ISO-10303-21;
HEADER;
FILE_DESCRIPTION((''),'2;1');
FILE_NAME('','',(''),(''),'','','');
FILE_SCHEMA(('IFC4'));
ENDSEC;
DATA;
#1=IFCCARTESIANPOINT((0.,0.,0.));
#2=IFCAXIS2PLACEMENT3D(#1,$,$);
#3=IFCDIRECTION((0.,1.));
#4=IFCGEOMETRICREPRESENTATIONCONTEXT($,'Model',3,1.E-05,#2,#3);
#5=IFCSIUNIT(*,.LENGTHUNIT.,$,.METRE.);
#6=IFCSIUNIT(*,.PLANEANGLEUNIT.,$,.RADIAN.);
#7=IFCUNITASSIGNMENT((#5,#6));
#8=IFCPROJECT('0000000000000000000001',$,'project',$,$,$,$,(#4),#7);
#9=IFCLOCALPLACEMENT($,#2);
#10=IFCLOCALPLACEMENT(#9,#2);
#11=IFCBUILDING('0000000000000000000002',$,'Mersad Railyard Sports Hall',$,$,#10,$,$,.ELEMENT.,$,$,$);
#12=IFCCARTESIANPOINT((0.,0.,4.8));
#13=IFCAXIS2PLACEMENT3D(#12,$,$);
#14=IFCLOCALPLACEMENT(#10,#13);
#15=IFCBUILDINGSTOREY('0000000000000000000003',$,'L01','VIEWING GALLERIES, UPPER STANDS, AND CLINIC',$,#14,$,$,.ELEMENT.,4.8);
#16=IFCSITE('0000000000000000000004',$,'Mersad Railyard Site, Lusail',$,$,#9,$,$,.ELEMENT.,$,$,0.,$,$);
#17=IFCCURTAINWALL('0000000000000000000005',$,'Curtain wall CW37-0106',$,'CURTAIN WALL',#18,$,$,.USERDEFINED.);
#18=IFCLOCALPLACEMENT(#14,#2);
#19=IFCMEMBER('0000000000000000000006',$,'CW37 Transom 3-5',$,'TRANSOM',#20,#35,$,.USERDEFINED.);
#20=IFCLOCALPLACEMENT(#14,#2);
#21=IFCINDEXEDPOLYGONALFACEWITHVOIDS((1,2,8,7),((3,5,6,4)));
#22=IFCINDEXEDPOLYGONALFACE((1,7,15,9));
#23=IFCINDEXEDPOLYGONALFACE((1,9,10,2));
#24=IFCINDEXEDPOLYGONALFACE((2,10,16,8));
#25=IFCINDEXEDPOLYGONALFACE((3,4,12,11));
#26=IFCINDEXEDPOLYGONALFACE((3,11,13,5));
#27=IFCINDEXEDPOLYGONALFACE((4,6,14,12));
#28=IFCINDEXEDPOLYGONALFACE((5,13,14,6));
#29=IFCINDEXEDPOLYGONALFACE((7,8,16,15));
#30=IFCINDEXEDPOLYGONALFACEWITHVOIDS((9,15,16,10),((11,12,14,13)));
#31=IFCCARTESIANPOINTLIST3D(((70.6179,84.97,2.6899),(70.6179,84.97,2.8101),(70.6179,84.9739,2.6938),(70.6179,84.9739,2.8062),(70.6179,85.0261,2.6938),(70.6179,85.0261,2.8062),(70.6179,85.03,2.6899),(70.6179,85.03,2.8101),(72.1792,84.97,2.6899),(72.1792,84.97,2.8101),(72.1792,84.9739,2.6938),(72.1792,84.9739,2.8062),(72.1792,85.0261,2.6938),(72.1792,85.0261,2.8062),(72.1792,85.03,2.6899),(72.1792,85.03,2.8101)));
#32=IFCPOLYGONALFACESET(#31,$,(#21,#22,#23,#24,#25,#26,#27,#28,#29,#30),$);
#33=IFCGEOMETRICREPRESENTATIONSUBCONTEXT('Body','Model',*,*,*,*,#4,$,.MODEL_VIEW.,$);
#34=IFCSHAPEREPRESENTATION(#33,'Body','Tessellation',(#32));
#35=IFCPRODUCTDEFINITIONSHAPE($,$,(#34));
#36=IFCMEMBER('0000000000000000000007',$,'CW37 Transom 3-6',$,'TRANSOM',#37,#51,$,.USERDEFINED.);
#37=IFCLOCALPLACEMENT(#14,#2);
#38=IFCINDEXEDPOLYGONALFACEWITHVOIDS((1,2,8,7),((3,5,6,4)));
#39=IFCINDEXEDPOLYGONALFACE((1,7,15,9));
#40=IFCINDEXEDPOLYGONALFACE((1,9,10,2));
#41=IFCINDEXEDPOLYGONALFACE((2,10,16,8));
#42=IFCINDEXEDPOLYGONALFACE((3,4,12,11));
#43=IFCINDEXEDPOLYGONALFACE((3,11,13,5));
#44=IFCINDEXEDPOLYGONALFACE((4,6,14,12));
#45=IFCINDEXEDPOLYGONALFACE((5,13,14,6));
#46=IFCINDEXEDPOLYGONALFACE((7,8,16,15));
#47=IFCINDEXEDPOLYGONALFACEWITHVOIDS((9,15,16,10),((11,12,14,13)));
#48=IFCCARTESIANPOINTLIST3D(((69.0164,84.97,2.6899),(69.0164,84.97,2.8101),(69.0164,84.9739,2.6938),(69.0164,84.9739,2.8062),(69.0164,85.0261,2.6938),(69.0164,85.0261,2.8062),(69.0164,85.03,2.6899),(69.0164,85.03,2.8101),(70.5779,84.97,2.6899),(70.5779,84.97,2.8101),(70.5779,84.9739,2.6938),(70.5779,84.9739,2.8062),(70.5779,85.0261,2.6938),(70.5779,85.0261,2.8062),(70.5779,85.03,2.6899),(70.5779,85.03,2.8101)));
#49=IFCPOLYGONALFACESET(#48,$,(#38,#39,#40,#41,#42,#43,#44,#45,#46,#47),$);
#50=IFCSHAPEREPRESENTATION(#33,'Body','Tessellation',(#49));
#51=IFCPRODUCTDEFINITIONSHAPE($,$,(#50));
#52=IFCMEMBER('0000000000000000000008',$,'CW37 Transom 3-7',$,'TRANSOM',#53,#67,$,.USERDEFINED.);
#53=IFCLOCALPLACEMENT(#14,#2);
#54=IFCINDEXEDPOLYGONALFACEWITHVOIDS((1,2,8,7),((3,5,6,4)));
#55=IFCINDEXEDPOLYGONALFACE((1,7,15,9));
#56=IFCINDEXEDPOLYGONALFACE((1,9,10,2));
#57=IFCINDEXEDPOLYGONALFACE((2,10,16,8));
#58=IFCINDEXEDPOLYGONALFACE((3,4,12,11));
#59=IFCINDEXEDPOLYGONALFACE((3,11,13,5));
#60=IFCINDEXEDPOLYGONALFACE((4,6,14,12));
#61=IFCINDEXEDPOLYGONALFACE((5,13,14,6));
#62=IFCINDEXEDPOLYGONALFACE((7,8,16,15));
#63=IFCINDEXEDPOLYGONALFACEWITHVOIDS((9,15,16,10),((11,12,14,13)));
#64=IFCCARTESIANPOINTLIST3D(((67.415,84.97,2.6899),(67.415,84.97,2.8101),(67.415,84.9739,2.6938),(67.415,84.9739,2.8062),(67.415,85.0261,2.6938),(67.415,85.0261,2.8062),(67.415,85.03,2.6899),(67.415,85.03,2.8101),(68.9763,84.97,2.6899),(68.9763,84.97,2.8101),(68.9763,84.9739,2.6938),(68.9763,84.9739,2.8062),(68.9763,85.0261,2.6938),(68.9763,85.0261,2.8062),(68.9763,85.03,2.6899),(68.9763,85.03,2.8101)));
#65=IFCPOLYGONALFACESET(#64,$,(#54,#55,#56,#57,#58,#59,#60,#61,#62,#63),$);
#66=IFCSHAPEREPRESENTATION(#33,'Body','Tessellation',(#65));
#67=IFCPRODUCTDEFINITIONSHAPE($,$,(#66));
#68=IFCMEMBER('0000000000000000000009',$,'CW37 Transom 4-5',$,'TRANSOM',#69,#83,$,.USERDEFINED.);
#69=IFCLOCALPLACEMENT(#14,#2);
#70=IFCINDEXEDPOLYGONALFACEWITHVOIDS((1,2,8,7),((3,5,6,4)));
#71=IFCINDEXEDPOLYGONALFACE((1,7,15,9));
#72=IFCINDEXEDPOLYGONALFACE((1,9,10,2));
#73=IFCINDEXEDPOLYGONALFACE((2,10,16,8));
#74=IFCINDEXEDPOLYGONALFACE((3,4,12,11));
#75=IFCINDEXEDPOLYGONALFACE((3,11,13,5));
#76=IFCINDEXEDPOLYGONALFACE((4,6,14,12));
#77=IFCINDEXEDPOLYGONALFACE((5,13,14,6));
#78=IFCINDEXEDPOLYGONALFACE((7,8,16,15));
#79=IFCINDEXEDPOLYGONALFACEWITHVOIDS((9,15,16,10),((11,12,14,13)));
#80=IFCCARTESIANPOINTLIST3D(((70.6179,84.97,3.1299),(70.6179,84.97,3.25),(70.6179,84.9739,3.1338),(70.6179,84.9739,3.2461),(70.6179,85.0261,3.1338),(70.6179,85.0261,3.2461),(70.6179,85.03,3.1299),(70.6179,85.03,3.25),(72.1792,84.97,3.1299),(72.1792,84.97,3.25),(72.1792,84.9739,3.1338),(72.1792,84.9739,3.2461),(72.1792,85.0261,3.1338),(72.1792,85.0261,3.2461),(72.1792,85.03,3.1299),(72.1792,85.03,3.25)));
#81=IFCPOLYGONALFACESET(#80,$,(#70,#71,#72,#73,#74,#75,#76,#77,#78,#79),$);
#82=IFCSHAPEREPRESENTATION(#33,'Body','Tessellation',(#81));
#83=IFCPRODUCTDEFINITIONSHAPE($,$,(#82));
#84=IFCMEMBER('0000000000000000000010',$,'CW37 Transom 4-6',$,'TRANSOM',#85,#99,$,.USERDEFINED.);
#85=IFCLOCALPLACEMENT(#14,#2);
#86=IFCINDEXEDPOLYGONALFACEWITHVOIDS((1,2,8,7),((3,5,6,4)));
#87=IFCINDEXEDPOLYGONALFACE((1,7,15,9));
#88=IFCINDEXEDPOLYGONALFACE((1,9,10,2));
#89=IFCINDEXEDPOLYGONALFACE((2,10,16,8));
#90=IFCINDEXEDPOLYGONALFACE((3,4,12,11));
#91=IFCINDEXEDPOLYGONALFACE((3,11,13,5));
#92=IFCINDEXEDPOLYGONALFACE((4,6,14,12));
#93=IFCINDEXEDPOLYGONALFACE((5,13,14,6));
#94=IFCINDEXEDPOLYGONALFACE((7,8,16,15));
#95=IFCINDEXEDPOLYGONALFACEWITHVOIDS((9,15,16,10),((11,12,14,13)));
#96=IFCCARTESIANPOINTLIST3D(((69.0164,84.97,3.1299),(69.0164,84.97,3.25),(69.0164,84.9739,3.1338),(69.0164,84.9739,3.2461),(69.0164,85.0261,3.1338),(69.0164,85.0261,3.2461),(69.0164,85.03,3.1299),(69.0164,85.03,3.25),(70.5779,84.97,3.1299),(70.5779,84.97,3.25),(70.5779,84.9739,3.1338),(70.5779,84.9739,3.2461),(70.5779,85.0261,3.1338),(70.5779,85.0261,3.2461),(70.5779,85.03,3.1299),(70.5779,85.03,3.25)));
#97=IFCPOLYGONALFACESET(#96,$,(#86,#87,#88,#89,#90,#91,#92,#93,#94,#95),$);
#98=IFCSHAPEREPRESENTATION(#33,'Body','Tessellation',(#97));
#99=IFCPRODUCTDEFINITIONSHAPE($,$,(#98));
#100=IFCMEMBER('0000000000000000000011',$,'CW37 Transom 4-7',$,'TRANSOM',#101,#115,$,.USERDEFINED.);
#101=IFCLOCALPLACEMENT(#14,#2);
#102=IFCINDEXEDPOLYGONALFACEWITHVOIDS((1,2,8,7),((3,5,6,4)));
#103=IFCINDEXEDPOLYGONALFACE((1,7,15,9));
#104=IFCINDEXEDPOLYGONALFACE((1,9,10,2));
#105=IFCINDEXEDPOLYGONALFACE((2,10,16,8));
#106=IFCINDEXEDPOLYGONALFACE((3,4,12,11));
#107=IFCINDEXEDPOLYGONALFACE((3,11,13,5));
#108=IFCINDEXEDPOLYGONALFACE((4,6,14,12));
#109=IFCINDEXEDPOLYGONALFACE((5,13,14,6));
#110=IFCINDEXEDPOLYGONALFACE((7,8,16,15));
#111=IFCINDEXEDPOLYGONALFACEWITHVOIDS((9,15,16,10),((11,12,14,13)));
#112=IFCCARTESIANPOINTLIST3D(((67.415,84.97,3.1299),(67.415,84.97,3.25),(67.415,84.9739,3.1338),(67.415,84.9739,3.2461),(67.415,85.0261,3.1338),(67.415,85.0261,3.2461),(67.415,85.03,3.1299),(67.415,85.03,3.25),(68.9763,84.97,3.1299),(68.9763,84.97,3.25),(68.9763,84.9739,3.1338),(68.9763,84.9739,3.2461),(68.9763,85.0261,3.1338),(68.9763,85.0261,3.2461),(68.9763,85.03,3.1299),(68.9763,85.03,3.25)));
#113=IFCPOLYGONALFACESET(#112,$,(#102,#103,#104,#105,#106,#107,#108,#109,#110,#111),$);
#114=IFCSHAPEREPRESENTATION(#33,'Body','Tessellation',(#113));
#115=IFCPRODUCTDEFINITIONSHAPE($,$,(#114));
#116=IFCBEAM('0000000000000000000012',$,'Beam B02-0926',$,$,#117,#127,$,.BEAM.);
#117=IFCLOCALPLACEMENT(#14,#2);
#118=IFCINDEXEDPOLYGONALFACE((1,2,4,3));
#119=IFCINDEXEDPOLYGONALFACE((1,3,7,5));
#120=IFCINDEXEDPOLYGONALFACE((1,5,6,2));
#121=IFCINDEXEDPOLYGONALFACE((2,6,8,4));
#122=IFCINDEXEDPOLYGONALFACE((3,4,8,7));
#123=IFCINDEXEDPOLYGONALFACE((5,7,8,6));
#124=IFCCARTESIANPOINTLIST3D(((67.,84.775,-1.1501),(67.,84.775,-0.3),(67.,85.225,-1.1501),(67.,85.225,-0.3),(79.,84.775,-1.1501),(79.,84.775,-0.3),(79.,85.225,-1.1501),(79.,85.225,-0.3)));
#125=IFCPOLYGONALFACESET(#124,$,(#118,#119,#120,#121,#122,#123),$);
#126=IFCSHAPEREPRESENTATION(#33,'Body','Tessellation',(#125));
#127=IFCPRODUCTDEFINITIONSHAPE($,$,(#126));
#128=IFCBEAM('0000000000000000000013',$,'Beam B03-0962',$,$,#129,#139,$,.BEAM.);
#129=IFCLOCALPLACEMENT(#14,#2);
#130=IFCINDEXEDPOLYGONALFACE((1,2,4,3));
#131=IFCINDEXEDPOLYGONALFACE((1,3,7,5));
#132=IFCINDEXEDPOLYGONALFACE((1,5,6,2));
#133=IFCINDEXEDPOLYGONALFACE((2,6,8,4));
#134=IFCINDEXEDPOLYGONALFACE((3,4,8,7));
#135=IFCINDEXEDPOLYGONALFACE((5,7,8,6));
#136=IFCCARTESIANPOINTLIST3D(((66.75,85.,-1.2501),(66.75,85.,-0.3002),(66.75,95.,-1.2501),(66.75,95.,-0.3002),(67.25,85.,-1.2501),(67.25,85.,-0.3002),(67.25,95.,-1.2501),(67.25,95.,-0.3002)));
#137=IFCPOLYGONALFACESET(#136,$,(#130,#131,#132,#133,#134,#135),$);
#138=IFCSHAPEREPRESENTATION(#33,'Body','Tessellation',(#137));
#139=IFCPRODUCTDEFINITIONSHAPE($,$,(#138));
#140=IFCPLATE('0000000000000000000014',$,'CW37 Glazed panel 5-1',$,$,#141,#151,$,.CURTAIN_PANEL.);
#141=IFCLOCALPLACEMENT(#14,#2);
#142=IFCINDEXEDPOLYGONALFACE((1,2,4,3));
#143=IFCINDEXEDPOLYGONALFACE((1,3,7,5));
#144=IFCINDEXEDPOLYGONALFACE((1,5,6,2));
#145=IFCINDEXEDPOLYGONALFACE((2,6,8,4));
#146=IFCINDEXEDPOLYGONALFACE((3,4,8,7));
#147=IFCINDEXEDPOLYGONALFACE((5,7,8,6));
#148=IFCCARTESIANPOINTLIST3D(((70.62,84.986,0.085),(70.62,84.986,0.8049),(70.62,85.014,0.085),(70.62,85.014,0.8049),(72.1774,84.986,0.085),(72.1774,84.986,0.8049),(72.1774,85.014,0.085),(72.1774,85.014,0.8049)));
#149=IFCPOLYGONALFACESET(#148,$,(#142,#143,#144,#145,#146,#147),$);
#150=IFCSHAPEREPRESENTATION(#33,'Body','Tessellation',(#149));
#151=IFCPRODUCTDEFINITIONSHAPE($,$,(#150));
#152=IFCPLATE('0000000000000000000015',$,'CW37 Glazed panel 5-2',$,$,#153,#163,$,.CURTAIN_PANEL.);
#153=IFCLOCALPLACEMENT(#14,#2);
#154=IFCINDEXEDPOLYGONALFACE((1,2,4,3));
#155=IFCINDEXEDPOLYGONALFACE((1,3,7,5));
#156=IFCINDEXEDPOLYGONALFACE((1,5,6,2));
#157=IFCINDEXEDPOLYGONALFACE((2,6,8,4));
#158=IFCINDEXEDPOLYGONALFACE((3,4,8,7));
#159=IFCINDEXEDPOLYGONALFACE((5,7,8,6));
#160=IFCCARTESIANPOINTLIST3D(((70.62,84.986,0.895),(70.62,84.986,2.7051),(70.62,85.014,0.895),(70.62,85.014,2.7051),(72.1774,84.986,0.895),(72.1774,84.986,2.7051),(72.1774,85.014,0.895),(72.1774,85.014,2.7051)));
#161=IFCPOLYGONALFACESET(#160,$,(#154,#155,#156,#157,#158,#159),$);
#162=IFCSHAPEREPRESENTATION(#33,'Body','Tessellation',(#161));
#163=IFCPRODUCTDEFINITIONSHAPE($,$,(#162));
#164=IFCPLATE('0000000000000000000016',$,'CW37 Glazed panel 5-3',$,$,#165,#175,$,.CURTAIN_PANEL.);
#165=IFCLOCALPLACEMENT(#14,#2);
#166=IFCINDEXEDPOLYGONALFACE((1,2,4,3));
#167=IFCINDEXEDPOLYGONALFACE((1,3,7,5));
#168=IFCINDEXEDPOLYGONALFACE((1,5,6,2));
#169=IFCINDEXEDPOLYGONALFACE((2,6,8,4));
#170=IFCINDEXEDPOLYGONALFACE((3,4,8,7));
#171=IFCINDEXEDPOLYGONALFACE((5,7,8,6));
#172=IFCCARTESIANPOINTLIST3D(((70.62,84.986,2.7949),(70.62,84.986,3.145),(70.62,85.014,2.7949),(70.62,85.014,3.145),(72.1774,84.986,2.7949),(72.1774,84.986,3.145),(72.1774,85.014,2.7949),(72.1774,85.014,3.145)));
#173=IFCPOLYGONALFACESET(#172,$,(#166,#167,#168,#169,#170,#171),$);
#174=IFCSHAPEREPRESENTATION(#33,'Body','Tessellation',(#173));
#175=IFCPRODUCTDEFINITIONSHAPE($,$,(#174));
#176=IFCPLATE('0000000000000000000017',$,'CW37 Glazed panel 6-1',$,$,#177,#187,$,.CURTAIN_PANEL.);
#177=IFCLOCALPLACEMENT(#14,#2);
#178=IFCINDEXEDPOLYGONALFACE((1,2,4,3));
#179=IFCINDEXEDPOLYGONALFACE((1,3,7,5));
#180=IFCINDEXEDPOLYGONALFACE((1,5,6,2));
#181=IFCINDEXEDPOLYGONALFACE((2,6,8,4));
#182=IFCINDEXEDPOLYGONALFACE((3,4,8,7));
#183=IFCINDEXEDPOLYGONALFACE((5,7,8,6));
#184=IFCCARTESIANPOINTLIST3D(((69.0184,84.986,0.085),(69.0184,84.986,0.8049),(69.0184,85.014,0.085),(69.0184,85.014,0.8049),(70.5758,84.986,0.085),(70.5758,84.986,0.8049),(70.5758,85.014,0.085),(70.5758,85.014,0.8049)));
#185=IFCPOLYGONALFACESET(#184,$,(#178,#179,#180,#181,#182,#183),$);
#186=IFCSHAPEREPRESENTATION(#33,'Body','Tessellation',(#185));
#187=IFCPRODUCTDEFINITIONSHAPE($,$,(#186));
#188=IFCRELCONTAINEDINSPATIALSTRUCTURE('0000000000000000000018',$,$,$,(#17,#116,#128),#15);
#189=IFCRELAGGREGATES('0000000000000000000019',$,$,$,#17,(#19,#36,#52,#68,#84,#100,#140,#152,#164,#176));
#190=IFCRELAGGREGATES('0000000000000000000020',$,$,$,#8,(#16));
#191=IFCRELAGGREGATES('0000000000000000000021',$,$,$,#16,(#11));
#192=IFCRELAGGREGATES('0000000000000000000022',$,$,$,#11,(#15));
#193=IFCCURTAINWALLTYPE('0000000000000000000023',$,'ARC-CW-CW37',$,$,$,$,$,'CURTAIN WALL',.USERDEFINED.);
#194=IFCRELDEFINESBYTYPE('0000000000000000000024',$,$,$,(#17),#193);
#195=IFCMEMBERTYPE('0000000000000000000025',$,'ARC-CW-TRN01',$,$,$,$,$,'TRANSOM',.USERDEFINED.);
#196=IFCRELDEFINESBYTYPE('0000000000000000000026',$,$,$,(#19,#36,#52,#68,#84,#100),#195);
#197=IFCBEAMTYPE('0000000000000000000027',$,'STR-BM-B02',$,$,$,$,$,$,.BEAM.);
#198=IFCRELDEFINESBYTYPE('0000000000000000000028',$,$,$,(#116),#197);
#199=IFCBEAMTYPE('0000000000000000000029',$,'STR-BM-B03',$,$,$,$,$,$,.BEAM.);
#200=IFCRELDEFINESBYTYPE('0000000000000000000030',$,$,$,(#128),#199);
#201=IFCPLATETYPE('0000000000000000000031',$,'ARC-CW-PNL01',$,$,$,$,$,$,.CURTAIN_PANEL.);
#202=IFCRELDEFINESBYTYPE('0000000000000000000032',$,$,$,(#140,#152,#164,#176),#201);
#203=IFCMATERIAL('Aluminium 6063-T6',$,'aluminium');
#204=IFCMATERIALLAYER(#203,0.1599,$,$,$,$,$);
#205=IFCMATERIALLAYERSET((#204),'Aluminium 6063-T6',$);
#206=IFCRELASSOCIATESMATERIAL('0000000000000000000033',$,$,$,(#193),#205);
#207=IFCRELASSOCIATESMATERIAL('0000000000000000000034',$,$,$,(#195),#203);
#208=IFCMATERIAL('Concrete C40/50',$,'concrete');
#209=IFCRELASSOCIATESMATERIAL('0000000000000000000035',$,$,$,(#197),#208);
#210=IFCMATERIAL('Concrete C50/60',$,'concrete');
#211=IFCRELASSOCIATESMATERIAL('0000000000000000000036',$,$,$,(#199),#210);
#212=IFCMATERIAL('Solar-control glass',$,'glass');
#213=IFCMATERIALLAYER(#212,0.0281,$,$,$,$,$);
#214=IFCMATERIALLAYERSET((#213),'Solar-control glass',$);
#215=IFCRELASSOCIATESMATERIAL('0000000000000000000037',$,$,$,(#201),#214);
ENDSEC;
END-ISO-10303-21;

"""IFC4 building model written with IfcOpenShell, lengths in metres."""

from ifc_helpers import new_model, si_unit, direction, frame, origin, origin_2d, place, context, subcontext, project, spatial, rectangle, hollow_rectangle, extrude, material, layer, layer_set, material_profile, profile_set, type_object, element, aggregate, save


model = new_model("IFC4")

# Units and contexts
model_context = context("Model", 3, precision=1e-05, world=origin(), true_north=direction((0.0, 1.0)))
body_context = subcontext(model_context, "Body", "Model", "MODEL_VIEW")
ifc_project = project(units=[si_unit("LENGTHUNIT", "METRE"), si_unit("PLANEANGLEUNIT", "RADIAN")], contexts=[model_context])

# Site, building, storey
site_placement = place(None, origin())
site = spatial("IfcSite", under=ifc_project, at=site_placement, Name="Mersad Railyard Site, Lusail", CompositionType="ELEMENT", RefElevation=0.0)
building_placement = place(site_placement, origin())
building = spatial("IfcBuilding", under=site, at=building_placement, Name="Mersad Railyard Sports Hall", CompositionType="ELEMENT")
storey_placement = place(building_placement, frame((0.0, 0.0, 4.8)))
storey = spatial("IfcBuildingStorey", under=building, at=storey_placement, Name="L01", Description="VIEWING GALLERIES, UPPER STANDS, AND CLINIC", CompositionType="ELEMENT", Elevation=4.8)

# Shared definitions
ifc_material_1 = material(Name="Concrete C50/60", Category="concrete")

# Shared definitions
ifc_material_2 = material(Name="Aluminium 6063-T6", Category="aluminium")
ifc_layer_1 = layer(ifc_material_2, 0.1599)
ifc_layer_set_1 = layer_set([ifc_layer_1], Name="Aluminium 6063-T6")
curtain_wall_type = type_object("IfcCurtainWallType", Name="ARC-CW-CW37", ElementType="CURTAIN WALL", PredefinedType="USERDEFINED", material=ifc_layer_set_1)

# Curtain wall, members
curtain_wall_1_placement = place(storey_placement, origin())
curtain_wall_1 = element("IfcCurtainWall", 1, at=curtain_wall_1_placement, inside=storey, type_object=curtain_wall_type, Name="Curtain wall CW37-0106", ObjectType="CURTAIN WALL", PredefinedType="USERDEFINED")
ifc_material_profile_1 = material_profile(ifc_material_2, hollow_rectangle(XDim=0.0601, YDim=0.1201, WallThickness=0.0039, at=origin_2d()), Name="AL TRANSOM 60x120x4")
ifc_profile_set_1 = profile_set([ifc_material_profile_1], Name="Aluminium 6063-T6")
member_type_1 = type_object("IfcMemberType", Name="ARC-CW-TRN01", ElementType="TRANSOM", PredefinedType="USERDEFINED", material=ifc_profile_set_1)
member_1_placement = place(storey_placement, frame((72.1792, 85.0, 2.75), z_axis=(-1.0, 0.0, 0.0), x_axis=(0.0, -1.0, 0.0)))
member_1 = element("IfcMember", 2, at=member_1_placement, type_object=member_type_1, Name="CW37 Transom 3-5", ObjectType="TRANSOM", PredefinedType="USERDEFINED", context=body_context, shape_type="SweptSolid", body=[
    extrude(hollow_rectangle(XDim=0.0601, YDim=0.1201, WallThickness=0.0039, at=origin_2d()), origin(), (0.0, 0.0, 1.0), 1.5613),
])
member_2_placement = place(storey_placement, frame((70.5779, 85.0, 2.75), z_axis=(-1.0, 0.0, 0.0), x_axis=(0.0, -1.0, 0.0)))
member_2 = element("IfcMember", 3, at=member_2_placement, type_object=member_type_1, Name="CW37 Transom 3-6", ObjectType="TRANSOM", PredefinedType="USERDEFINED", context=body_context, shape_type="SweptSolid", body=[
    extrude(hollow_rectangle(XDim=0.0601, YDim=0.1201, WallThickness=0.0039, at=origin_2d()), origin(), (0.0, 0.0, 1.0), 1.5615),
])
member_3_placement = place(storey_placement, frame((68.9763, 85.0, 2.75), z_axis=(-1.0, 0.0, 0.0), x_axis=(0.0, -1.0, 0.0)))
member_3 = element("IfcMember", 4, at=member_3_placement, type_object=member_type_1, Name="CW37 Transom 3-7", ObjectType="TRANSOM", PredefinedType="USERDEFINED", context=body_context, shape_type="SweptSolid", body=[
    extrude(hollow_rectangle(XDim=0.0601, YDim=0.1201, WallThickness=0.0039, at=origin_2d()), origin(), (0.0, 0.0, 1.0), 1.5613),
])
member_4_placement = place(storey_placement, frame((72.1792, 85.0, 3.1899), z_axis=(-1.0, 0.0, 0.0), x_axis=(0.0, -1.0, 0.0)))
member_4 = element("IfcMember", 5, at=member_4_placement, type_object=member_type_1, Name="CW37 Transom 4-5", ObjectType="TRANSOM", PredefinedType="USERDEFINED", context=body_context, shape_type="SweptSolid", body=[
    extrude(hollow_rectangle(XDim=0.0601, YDim=0.1201, WallThickness=0.0039, at=origin_2d()), origin(), (0.0, 0.0, 1.0), 1.5613),
])
member_5_placement = place(storey_placement, frame((70.5779, 85.0, 3.1899), z_axis=(-1.0, 0.0, 0.0), x_axis=(0.0, -1.0, 0.0)))
member_5 = element("IfcMember", 6, at=member_5_placement, type_object=member_type_1, Name="CW37 Transom 4-6", ObjectType="TRANSOM", PredefinedType="USERDEFINED", context=body_context, shape_type="SweptSolid", body=[
    extrude(hollow_rectangle(XDim=0.0601, YDim=0.1201, WallThickness=0.0039, at=origin_2d()), origin(), (0.0, 0.0, 1.0), 1.5615),
])
member_6_placement = place(storey_placement, frame((68.9763, 85.0, 3.1899), z_axis=(-1.0, 0.0, 0.0), x_axis=(0.0, -1.0, 0.0)))
member_6 = element("IfcMember", 7, at=member_6_placement, type_object=member_type_1, Name="CW37 Transom 4-7", ObjectType="TRANSOM", PredefinedType="USERDEFINED", context=body_context, shape_type="SweptSolid", body=[
    extrude(hollow_rectangle(XDim=0.0601, YDim=0.1201, WallThickness=0.0039, at=origin_2d()), origin(), (0.0, 0.0, 1.0), 1.5613),
])

# Beams
ifc_material_3 = material(Name="Concrete C40/50", Category="concrete")
ifc_material_profile_2 = material_profile(ifc_material_3, rectangle(XDim=0.45, YDim=0.8501, at=origin_2d()), Name="RC 450x850")
ifc_profile_set_2 = profile_set([ifc_material_profile_2], Name="Concrete C40/50")
beam_type_1 = type_object("IfcBeamType", Name="STR-BM-B02", PredefinedType="BEAM", material=ifc_profile_set_2)
beam_1_placement = place(storey_placement, frame((67.0, 85.0, -0.7251), z_axis=(1.0, 0.0, 0.0), x_axis=(0.0, 1.0, 0.0)))
element("IfcBeam", 8, at=beam_1_placement, inside=storey, type_object=beam_type_1, Name="Beam B02-0926", PredefinedType="BEAM", context=body_context, shape_type="SweptSolid", body=[
    extrude(rectangle(XDim=0.45, YDim=0.8501, at=origin_2d()), origin(), (0.0, 0.0, 1.0), 12.0),
])
ifc_material_profile_3 = material_profile(ifc_material_1, rectangle(XDim=0.5, YDim=0.95, at=origin_2d()), Name="RC 500x950")
ifc_profile_set_3 = profile_set([ifc_material_profile_3], Name="Concrete C50/60")
beam_type_2 = type_object("IfcBeamType", Name="STR-BM-B03", PredefinedType="BEAM", material=ifc_profile_set_3)
beam_2_placement = place(storey_placement, frame((67.0, 85.0, -0.7751), z_axis=(0.0, 1.0, 0.0), x_axis=(-1.0, 0.0, 0.0)))
element("IfcBeam", 9, at=beam_2_placement, inside=storey, type_object=beam_type_2, Name="Beam B03-0962", PredefinedType="BEAM", context=body_context, shape_type="SweptSolid", body=[
    extrude(rectangle(XDim=0.5, YDim=0.95, at=origin_2d()), origin(), (0.0, 0.0, 1.0), 10.0),
])

# Plates
ifc_material_4 = material(Name="Solar-control glass", Category="glass")
ifc_layer_2 = layer(ifc_material_4, 0.0281)
ifc_layer_set_2 = layer_set([ifc_layer_2], Name="Solar-control glass")
plate_type = type_object("IfcPlateType", Name="ARC-CW-PNL01", PredefinedType="CURTAIN_PANEL", material=ifc_layer_set_2)
plate_1_placement = place(storey_placement, frame((71.3987, 85.0, 0.085), z_axis=(0.0, 0.0, 1.0), x_axis=(-1.0, 0.0, 0.0)))
plate_1 = element("IfcPlate", 10, at=plate_1_placement, type_object=plate_type, Name="CW37 Glazed panel 5-1", PredefinedType="CURTAIN_PANEL", context=body_context, shape_type="SweptSolid", body=[
    extrude(rectangle(XDim=1.5574, YDim=0.0281, at=origin_2d()), origin(), (0.0, 0.0, 1.0), 0.72),
])
plate_2_placement = place(storey_placement, frame((71.3987, 85.0, 0.895), z_axis=(0.0, 0.0, 1.0), x_axis=(-1.0, 0.0, 0.0)))
plate_2 = element("IfcPlate", 11, at=plate_2_placement, type_object=plate_type, Name="CW37 Glazed panel 5-2", PredefinedType="CURTAIN_PANEL", context=body_context, shape_type="SweptSolid", body=[
    extrude(rectangle(XDim=1.5574, YDim=0.0281, at=origin_2d()), origin(), (0.0, 0.0, 1.0), 1.8101),
])
plate_3_placement = place(storey_placement, frame((71.3987, 85.0, 2.7949), z_axis=(0.0, 0.0, 1.0), x_axis=(-1.0, 0.0, 0.0)))
plate_3 = element("IfcPlate", 12, at=plate_3_placement, type_object=plate_type, Name="CW37 Glazed panel 5-3", PredefinedType="CURTAIN_PANEL", context=body_context, shape_type="SweptSolid", body=[
    extrude(rectangle(XDim=1.5574, YDim=0.0281, at=origin_2d()), origin(), (0.0, 0.0, 1.0), 0.3501),
])
plate_4_placement = place(storey_placement, frame((69.7971, 85.0, 0.085), z_axis=(0.0, 0.0, 1.0), x_axis=(-1.0, 0.0, 0.0)))
plate_4 = element("IfcPlate", 13, at=plate_4_placement, type_object=plate_type, Name="CW37 Glazed panel 6-1", PredefinedType="CURTAIN_PANEL", context=body_context, shape_type="SweptSolid", body=[
    extrude(rectangle(XDim=1.5574, YDim=0.0281, at=origin_2d()), origin(), (0.0, 0.0, 1.0), 0.72),
])
aggregate(curtain_wall_1, [member_1, member_2, member_3, member_4, member_5, member_6, plate_1, plate_2, plate_3, plate_4])

save(model, "model.ifc")
